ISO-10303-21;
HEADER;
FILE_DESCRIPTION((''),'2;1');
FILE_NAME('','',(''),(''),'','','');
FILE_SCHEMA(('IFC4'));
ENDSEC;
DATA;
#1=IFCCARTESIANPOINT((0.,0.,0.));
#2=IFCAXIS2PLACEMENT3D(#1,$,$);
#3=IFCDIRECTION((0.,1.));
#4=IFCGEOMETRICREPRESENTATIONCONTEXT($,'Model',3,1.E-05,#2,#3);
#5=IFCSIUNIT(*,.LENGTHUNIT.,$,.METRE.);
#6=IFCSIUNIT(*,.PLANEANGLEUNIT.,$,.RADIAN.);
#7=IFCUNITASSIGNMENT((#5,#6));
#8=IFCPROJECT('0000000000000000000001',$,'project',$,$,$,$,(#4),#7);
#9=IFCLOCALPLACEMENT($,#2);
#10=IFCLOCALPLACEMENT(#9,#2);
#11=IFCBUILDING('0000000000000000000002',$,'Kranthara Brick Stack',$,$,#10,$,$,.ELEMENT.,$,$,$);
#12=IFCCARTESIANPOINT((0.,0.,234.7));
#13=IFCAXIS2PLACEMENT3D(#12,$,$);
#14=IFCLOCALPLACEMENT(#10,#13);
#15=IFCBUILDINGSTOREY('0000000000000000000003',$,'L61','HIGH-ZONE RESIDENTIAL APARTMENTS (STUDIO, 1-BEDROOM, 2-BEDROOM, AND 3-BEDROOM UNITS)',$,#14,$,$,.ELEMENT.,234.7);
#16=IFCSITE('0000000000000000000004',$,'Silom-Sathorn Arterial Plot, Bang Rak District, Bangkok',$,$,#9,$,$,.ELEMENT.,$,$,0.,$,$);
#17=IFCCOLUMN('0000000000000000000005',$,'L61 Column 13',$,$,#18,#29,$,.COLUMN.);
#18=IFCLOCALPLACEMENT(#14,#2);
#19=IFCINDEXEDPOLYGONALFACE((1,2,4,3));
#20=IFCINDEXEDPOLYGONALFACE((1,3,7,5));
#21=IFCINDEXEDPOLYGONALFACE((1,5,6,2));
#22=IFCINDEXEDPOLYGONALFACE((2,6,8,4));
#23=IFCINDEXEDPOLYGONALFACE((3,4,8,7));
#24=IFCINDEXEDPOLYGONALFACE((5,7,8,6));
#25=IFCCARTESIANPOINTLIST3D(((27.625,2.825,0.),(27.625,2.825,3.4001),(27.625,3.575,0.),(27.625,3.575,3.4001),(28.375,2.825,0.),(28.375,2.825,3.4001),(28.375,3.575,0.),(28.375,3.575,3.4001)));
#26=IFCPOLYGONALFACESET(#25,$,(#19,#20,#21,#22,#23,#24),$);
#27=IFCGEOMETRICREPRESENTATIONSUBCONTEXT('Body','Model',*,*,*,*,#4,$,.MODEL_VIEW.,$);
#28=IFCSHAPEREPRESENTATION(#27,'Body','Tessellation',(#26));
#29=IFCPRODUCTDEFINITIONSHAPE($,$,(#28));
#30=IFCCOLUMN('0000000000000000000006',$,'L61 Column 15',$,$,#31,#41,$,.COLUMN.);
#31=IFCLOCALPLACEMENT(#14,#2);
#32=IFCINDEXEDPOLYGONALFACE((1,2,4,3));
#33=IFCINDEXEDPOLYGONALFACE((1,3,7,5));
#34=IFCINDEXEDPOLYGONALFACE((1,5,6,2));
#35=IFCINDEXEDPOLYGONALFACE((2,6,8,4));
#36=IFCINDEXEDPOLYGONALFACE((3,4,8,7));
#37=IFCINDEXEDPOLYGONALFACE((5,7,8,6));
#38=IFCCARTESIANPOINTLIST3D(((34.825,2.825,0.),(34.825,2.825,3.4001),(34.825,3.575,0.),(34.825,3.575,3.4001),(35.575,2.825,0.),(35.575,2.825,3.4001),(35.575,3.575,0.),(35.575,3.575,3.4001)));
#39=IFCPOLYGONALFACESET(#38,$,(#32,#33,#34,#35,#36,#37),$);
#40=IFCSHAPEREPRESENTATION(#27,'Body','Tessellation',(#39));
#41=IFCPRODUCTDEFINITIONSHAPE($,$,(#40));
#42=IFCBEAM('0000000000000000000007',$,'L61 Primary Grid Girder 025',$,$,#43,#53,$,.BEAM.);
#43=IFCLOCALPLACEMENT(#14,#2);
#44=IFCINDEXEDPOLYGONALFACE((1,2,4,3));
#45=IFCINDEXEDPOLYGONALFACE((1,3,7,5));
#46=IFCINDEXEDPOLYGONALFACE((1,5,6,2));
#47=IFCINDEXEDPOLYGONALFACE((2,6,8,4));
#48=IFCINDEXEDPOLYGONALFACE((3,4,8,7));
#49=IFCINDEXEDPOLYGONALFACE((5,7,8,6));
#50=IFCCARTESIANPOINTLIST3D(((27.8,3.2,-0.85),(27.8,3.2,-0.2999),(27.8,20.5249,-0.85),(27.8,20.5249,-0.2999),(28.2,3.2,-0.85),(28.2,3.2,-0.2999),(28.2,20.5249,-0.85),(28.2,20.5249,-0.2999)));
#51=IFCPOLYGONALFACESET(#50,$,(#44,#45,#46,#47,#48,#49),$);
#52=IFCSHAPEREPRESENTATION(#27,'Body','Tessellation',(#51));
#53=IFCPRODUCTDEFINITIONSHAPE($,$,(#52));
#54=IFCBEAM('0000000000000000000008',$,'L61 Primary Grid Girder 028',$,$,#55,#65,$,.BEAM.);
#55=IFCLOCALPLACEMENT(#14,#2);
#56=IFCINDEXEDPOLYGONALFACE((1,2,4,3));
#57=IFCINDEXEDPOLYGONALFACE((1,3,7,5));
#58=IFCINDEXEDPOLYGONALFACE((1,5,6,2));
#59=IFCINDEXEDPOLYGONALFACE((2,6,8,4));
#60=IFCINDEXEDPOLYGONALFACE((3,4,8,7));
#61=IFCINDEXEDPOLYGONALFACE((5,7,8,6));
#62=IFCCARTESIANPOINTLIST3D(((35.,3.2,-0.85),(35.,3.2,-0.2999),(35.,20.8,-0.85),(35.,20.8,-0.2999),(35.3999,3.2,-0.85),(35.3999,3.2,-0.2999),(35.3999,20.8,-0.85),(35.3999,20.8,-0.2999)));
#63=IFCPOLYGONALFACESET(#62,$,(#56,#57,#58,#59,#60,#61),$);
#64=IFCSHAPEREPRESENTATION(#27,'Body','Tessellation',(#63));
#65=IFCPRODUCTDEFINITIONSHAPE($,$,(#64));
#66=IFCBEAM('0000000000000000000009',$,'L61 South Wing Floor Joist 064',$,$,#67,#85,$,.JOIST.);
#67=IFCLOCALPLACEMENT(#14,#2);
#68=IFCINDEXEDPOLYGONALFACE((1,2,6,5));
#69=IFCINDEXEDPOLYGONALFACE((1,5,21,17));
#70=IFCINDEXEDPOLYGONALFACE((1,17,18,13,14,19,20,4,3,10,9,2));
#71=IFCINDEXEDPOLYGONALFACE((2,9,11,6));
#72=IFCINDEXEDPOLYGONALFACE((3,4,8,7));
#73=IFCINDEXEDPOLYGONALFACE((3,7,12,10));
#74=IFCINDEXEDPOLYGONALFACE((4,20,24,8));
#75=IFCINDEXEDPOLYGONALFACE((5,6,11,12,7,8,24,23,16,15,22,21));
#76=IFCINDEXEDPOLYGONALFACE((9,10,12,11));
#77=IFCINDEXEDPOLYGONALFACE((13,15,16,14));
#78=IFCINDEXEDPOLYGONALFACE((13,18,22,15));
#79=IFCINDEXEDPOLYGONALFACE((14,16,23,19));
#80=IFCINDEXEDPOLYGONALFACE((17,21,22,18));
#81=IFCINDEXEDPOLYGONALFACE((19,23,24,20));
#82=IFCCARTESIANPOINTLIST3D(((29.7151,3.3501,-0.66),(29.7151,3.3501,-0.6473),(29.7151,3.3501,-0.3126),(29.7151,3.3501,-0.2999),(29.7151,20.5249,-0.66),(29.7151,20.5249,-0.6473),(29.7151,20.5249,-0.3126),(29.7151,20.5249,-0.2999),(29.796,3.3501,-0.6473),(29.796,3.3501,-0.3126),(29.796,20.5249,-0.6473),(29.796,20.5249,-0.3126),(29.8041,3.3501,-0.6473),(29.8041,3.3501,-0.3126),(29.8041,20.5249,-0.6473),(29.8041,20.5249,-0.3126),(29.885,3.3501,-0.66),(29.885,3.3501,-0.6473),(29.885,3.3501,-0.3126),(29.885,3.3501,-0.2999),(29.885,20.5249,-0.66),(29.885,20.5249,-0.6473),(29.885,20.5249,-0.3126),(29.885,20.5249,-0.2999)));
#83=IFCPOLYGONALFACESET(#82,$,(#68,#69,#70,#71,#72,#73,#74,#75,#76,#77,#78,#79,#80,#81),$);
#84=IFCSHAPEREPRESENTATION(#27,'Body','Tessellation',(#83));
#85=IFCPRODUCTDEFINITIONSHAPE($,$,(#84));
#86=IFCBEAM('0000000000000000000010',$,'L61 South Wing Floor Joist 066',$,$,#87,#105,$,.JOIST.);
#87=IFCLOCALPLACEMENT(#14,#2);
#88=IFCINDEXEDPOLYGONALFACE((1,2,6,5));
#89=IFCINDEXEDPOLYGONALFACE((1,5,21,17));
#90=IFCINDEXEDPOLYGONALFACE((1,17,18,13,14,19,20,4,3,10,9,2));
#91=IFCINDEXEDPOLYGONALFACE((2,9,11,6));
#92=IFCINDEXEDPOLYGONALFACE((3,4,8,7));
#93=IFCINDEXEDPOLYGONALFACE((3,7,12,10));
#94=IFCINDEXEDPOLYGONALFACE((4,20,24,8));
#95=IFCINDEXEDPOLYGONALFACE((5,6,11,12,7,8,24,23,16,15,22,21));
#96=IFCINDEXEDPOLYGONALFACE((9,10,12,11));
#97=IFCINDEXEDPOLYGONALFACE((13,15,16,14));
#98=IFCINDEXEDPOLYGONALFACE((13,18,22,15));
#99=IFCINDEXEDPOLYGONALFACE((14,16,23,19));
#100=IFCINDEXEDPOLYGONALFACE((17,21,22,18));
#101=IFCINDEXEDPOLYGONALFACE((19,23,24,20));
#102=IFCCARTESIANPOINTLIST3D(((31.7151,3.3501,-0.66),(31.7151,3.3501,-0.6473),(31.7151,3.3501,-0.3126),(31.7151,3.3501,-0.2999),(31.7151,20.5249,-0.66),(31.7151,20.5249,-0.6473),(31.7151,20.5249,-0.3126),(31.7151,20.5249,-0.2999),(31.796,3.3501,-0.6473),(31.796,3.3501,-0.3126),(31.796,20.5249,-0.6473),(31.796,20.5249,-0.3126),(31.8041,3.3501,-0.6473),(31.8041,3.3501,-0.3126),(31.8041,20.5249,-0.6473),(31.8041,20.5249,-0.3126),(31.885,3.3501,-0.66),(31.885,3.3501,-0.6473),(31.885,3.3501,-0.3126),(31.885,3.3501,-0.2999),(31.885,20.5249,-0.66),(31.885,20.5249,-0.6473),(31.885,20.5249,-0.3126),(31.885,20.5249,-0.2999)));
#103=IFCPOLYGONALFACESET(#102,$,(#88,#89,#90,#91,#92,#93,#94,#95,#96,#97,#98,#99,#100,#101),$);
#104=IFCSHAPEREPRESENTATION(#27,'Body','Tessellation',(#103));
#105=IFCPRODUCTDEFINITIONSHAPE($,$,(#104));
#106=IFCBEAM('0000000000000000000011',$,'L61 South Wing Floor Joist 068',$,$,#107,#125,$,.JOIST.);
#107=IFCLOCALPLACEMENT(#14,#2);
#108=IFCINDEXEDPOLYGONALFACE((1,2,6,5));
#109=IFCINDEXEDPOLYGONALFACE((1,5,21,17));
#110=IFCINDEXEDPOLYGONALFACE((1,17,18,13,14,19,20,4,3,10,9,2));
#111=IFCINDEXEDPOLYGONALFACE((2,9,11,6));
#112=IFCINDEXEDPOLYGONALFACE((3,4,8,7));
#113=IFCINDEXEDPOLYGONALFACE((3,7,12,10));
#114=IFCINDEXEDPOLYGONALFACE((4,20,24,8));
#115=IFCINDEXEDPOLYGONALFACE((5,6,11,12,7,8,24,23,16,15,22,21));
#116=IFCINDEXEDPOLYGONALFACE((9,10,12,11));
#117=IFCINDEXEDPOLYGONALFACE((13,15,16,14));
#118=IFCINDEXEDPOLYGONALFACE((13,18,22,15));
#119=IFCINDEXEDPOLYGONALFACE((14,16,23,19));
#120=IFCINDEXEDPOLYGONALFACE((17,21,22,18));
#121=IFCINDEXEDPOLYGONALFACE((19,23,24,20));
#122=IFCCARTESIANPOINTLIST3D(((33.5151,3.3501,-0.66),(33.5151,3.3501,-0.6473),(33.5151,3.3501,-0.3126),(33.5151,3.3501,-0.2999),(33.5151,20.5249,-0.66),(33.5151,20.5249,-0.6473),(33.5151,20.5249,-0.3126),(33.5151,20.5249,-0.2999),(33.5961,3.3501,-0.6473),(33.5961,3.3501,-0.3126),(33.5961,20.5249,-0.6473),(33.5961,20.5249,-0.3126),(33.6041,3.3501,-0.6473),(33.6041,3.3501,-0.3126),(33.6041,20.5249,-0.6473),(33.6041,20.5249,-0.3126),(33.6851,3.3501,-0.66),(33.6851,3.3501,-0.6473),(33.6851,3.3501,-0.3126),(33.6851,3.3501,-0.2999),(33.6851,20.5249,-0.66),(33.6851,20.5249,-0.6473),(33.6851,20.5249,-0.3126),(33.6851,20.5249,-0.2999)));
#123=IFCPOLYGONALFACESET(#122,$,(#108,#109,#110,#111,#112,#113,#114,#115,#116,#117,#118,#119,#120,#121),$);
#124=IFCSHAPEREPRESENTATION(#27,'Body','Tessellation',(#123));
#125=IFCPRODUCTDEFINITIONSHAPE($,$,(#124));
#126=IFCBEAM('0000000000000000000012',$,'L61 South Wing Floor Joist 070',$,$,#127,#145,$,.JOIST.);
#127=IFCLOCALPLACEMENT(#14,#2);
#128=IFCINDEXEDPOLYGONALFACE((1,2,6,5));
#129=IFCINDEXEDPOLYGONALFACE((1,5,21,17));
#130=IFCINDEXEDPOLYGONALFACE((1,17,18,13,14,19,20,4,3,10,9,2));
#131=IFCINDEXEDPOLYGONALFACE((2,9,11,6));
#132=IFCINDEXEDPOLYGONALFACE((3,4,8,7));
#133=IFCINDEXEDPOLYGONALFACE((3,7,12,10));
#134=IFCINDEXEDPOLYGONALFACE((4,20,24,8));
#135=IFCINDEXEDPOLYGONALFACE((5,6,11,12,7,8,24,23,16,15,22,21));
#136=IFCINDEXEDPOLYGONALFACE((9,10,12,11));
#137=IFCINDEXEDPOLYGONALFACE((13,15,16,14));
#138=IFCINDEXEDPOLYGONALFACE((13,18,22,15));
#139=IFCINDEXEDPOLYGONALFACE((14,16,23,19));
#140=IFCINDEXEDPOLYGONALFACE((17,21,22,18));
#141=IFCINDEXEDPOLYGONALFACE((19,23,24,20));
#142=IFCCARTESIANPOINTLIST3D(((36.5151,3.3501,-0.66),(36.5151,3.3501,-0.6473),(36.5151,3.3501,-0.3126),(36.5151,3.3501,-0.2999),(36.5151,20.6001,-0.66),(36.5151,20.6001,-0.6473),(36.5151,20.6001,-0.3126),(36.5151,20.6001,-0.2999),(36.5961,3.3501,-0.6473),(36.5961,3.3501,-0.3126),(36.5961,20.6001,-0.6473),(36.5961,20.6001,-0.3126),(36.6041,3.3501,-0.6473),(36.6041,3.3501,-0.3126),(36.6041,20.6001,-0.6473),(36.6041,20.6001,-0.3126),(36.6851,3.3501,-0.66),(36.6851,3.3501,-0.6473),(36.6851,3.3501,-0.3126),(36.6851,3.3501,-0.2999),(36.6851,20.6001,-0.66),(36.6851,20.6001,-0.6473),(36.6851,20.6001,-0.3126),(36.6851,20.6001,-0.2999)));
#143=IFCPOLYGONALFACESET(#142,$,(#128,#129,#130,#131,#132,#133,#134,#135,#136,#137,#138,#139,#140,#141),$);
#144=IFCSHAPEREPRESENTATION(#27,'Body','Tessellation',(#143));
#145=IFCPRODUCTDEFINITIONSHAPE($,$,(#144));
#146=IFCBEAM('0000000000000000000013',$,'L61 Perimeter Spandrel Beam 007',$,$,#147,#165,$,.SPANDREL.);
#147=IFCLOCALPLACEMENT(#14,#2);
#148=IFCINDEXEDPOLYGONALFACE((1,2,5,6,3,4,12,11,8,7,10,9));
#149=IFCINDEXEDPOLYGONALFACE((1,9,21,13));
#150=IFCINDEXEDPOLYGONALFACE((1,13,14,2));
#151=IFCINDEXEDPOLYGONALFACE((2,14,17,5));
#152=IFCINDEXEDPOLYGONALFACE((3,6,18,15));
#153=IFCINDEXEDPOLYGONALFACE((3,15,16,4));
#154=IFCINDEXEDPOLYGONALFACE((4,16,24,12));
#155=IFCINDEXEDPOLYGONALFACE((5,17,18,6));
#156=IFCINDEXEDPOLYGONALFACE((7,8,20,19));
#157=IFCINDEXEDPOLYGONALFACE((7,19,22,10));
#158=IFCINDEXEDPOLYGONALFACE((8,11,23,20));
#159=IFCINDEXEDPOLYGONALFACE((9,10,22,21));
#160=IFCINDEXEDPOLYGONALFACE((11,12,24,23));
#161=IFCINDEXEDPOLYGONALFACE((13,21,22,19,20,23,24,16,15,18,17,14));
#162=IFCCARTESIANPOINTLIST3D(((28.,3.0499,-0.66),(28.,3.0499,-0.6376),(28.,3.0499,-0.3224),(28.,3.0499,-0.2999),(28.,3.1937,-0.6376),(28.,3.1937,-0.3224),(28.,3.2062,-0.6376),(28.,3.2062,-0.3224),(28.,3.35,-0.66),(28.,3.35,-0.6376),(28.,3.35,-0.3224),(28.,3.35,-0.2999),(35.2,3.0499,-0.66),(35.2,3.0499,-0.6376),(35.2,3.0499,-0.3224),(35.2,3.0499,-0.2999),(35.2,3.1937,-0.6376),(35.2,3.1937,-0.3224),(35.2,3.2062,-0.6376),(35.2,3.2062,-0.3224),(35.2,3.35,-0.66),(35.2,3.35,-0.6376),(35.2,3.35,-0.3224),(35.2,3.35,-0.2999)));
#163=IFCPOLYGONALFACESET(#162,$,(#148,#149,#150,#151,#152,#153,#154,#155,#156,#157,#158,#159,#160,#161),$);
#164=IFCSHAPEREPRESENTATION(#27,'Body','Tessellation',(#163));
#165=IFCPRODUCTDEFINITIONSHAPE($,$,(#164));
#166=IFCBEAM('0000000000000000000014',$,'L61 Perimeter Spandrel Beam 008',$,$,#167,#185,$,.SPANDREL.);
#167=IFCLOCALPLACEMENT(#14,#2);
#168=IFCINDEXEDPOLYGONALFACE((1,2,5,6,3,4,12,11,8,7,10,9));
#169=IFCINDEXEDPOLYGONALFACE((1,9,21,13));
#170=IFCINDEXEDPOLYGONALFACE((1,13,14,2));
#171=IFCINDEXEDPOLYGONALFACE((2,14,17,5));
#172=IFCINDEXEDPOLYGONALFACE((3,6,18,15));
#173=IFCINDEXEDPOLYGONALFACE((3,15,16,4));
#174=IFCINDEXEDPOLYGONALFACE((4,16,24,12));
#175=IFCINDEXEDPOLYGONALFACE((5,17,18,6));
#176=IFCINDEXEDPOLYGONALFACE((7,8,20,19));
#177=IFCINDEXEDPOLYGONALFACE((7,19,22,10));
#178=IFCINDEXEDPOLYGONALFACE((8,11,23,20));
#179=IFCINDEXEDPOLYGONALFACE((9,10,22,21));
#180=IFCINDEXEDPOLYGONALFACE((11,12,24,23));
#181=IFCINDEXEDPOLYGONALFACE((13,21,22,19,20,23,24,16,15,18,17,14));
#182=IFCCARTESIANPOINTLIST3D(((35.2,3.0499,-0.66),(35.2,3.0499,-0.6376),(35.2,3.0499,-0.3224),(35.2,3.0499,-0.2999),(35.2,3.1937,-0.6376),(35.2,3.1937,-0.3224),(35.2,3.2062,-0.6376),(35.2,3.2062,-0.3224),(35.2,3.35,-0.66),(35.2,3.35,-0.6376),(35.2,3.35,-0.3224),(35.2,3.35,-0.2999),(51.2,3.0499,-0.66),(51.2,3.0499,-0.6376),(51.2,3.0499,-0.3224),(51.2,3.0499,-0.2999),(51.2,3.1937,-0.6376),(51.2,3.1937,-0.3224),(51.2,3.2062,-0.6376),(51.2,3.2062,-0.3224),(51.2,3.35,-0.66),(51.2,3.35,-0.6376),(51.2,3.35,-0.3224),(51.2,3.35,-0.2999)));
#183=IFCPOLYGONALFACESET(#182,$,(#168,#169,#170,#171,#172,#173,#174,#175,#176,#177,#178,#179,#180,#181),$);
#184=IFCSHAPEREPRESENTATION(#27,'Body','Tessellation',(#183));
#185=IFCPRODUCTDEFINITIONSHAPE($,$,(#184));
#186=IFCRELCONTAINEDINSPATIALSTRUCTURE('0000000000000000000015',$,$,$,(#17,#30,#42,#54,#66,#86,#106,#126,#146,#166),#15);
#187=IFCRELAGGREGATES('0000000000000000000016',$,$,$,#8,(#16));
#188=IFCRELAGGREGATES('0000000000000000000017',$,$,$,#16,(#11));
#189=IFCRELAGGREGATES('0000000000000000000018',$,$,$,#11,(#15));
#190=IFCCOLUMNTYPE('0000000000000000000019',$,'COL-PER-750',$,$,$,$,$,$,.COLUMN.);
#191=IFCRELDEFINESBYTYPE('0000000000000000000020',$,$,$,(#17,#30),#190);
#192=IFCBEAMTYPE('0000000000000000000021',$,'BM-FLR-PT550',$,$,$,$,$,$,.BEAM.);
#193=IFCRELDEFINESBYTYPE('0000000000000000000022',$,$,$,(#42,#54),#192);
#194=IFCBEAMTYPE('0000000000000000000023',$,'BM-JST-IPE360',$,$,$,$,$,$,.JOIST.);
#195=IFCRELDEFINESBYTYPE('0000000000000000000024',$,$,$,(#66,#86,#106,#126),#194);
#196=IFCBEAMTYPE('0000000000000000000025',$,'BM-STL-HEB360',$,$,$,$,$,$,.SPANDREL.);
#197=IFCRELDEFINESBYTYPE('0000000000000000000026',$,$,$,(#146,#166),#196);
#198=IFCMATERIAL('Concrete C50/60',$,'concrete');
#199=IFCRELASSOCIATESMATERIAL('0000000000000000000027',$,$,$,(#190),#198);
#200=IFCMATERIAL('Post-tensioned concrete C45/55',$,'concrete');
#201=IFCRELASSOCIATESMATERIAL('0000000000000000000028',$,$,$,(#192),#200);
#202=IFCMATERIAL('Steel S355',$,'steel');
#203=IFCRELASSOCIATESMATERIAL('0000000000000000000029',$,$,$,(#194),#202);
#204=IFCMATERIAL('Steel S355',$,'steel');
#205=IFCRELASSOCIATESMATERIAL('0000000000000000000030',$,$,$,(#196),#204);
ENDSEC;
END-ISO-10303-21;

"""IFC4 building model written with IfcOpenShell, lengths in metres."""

from ifc_helpers import new_model, si_unit, direction, frame, origin, origin_2d, place, context, subcontext, project, spatial, rectangle, i_section, extrude, material, material_profile, profile_set, type_object, element, save


model = new_model("IFC4")

# Units and contexts
model_context = context("Model", 3, precision=1e-05, world=origin(), true_north=direction((0.0, 1.0)))
body_context = subcontext(model_context, "Body", "Model", "MODEL_VIEW")
ifc_project = project(units=[si_unit("LENGTHUNIT", "METRE"), si_unit("PLANEANGLEUNIT", "RADIAN")], contexts=[model_context])

# Site, building, storey
site_placement = place(None, origin())
site = spatial("IfcSite", under=ifc_project, at=site_placement, Name="Silom-Sathorn Arterial Plot, Bang Rak District, Bangkok", CompositionType="ELEMENT", RefElevation=0.0)
building_placement = place(site_placement, origin())
building = spatial("IfcBuilding", under=site, at=building_placement, Name="Kranthara Brick Stack", CompositionType="ELEMENT")
storey_placement = place(building_placement, frame((0.0, 0.0, 234.7)))
storey = spatial("IfcBuildingStorey", under=building, at=storey_placement, Name="L61", Description="HIGH-ZONE RESIDENTIAL APARTMENTS (STUDIO, 1-BEDROOM, 2-BEDROOM, AND 3-BEDROOM UNITS)", CompositionType="ELEMENT", Elevation=234.7)

# Columns
ifc_material_1 = material(Name="Concrete C50/60", Category="concrete")
ifc_material_profile_1 = material_profile(ifc_material_1, rectangle(XDim=0.75, YDim=0.75, at=origin_2d()), Name="RC 750x750")
ifc_profile_set_1 = profile_set([ifc_material_profile_1], Name="Concrete C50/60")
column_type = type_object("IfcColumnType", Name="COL-PER-750", PredefinedType="COLUMN", material=ifc_profile_set_1)
for number, where, z_axis, x_axis, name in (
    (1, (28.0, 3.2, 0.0), (0.0, 0.0, 1.0), (1.0, 0.0, 0.0), "L61 Column 13"),
    (2, (35.2, 3.2, 0.0), (0.0, 0.0, 1.0), (1.0, 0.0, 0.0), "L61 Column 15"),
):
    element("IfcColumn", number, at=place(storey_placement, frame(where, z_axis=z_axis, x_axis=x_axis)), inside=storey, type_object=column_type, Name=name, PredefinedType="COLUMN", context=body_context, shape_type="SweptSolid", body=[
        extrude(rectangle(XDim=0.75, YDim=0.75, at=origin_2d()), origin(), (0.0, 0.0, 1.0), 3.4001),
    ])

# Beams
ifc_material_2 = material(Name="Post-tensioned concrete C45/55", Category="concrete")
ifc_material_profile_2 = material_profile(ifc_material_2, rectangle(XDim=0.3999, YDim=0.55, at=origin_2d()), Name="PT 400x550")
ifc_profile_set_2 = profile_set([ifc_material_profile_2], Name="Post-tensioned concrete C45/55")
beam_type_1 = type_object("IfcBeamType", Name="BM-FLR-PT550", PredefinedType="BEAM", material=ifc_profile_set_2)
beam_1_placement = place(storey_placement, frame((28.0, 3.2, -0.575), z_axis=(0.0, 1.0, 0.0), x_axis=(-1.0, 0.0, 0.0)))
element("IfcBeam", 3, at=beam_1_placement, inside=storey, type_object=beam_type_1, Name="L61 Primary Grid Girder 025", PredefinedType="BEAM", context=body_context, shape_type="SweptSolid", body=[
    extrude(rectangle(XDim=0.3999, YDim=0.55, at=origin_2d()), origin(), (0.0, 0.0, 1.0), 17.325),
])
beam_2_placement = place(storey_placement, frame((35.2, 3.2, -0.575), z_axis=(0.0, 1.0, 0.0), x_axis=(-1.0, 0.0, 0.0)))
element("IfcBeam", 4, at=beam_2_placement, inside=storey, type_object=beam_type_1, Name="L61 Primary Grid Girder 028", PredefinedType="BEAM", context=body_context, shape_type="SweptSolid", body=[
    extrude(rectangle(XDim=0.3999, YDim=0.55, at=origin_2d()), origin(), (0.0, 0.0, 1.0), 17.6001),
])
ifc_material_3 = material(Name="Steel S355", Category="steel")
ifc_material_profile_3 = material_profile(ifc_material_3, i_section(OverallWidth=0.1699, OverallDepth=0.3601, WebThickness=0.0081, FlangeThickness=0.0127, at=origin_2d()), Name="IPE 360")
ifc_profile_set_3 = profile_set([ifc_material_profile_3], Name="Steel S355")
beam_type_2 = type_object("IfcBeamType", Name="BM-JST-IPE360", PredefinedType="JOIST", material=ifc_profile_set_3)
for number, where, z_axis, x_axis, name in (
    (5, (29.8, 3.3501, -0.48), (0.0, 1.0, 0.0), (-1.0, 0.0, 0.0), "L61 South Wing Floor Joist 064"),
    (6, (31.8, 3.3501, -0.48), (0.0, 1.0, 0.0), (-1.0, 0.0, 0.0), "L61 South Wing Floor Joist 066"),
    (7, (33.6001, 3.3501, -0.48), (0.0, 1.0, 0.0), (-1.0, 0.0, 0.0), "L61 South Wing Floor Joist 068"),
):
    element("IfcBeam", number, at=place(storey_placement, frame(where, z_axis=z_axis, x_axis=x_axis)), inside=storey, type_object=beam_type_2, Name=name, PredefinedType="JOIST", context=body_context, shape_type="SweptSolid", body=[
        extrude(i_section(OverallWidth=0.1699, OverallDepth=0.3601, WebThickness=0.0081, FlangeThickness=0.0127, at=origin_2d()), origin(), (0.0, 0.0, 1.0), 17.1748),
    ])
beam_3_placement = place(storey_placement, frame((36.6001, 3.3501, -0.48), z_axis=(0.0, 1.0, 0.0), x_axis=(-1.0, 0.0, 0.0)))
element("IfcBeam", 8, at=beam_3_placement, inside=storey, type_object=beam_type_2, Name="L61 South Wing Floor Joist 070", PredefinedType="JOIST", context=body_context, shape_type="SweptSolid", body=[
    extrude(i_section(OverallWidth=0.1699, OverallDepth=0.3601, WebThickness=0.0081, FlangeThickness=0.0127, at=origin_2d()), origin(), (0.0, 0.0, 1.0), 17.25),
])
ifc_material_4 = material(Name="Steel S355", Category="steel")
ifc_material_profile_4 = material_profile(ifc_material_4, i_section(OverallWidth=0.3, OverallDepth=0.3601, WebThickness=0.0125, FlangeThickness=0.0225, at=origin_2d()), Name="HEB 360")
ifc_profile_set_4 = profile_set([ifc_material_profile_4], Name="Steel S355")
beam_type_3 = type_object("IfcBeamType", Name="BM-STL-HEB360", PredefinedType="SPANDREL", material=ifc_profile_set_4)
beam_4_placement = place(storey_placement, frame((28.0, 3.2, -0.48), z_axis=(1.0, 0.0, 0.0), x_axis=(0.0, 1.0, 0.0)))
element("IfcBeam", 9, at=beam_4_placement, inside=storey, type_object=beam_type_3, Name="L61 Perimeter Spandrel Beam 007", PredefinedType="SPANDREL", context=body_context, shape_type="SweptSolid", body=[
    extrude(i_section(OverallWidth=0.3, OverallDepth=0.3601, WebThickness=0.0125, FlangeThickness=0.0225, at=origin_2d()), origin(), (0.0, 0.0, 1.0), 7.2),
])
beam_5_placement = place(storey_placement, frame((35.2, 3.2, -0.48), z_axis=(1.0, 0.0, 0.0), x_axis=(0.0, 1.0, 0.0)))
element("IfcBeam", 10, at=beam_5_placement, inside=storey, type_object=beam_type_3, Name="L61 Perimeter Spandrel Beam 008", PredefinedType="SPANDREL", context=body_context, shape_type="SweptSolid", body=[
    extrude(i_section(OverallWidth=0.3, OverallDepth=0.3601, WebThickness=0.0125, FlangeThickness=0.0225, at=origin_2d()), origin(), (0.0, 0.0, 1.0), 16.0),
])

save(model, "model.ifc")
